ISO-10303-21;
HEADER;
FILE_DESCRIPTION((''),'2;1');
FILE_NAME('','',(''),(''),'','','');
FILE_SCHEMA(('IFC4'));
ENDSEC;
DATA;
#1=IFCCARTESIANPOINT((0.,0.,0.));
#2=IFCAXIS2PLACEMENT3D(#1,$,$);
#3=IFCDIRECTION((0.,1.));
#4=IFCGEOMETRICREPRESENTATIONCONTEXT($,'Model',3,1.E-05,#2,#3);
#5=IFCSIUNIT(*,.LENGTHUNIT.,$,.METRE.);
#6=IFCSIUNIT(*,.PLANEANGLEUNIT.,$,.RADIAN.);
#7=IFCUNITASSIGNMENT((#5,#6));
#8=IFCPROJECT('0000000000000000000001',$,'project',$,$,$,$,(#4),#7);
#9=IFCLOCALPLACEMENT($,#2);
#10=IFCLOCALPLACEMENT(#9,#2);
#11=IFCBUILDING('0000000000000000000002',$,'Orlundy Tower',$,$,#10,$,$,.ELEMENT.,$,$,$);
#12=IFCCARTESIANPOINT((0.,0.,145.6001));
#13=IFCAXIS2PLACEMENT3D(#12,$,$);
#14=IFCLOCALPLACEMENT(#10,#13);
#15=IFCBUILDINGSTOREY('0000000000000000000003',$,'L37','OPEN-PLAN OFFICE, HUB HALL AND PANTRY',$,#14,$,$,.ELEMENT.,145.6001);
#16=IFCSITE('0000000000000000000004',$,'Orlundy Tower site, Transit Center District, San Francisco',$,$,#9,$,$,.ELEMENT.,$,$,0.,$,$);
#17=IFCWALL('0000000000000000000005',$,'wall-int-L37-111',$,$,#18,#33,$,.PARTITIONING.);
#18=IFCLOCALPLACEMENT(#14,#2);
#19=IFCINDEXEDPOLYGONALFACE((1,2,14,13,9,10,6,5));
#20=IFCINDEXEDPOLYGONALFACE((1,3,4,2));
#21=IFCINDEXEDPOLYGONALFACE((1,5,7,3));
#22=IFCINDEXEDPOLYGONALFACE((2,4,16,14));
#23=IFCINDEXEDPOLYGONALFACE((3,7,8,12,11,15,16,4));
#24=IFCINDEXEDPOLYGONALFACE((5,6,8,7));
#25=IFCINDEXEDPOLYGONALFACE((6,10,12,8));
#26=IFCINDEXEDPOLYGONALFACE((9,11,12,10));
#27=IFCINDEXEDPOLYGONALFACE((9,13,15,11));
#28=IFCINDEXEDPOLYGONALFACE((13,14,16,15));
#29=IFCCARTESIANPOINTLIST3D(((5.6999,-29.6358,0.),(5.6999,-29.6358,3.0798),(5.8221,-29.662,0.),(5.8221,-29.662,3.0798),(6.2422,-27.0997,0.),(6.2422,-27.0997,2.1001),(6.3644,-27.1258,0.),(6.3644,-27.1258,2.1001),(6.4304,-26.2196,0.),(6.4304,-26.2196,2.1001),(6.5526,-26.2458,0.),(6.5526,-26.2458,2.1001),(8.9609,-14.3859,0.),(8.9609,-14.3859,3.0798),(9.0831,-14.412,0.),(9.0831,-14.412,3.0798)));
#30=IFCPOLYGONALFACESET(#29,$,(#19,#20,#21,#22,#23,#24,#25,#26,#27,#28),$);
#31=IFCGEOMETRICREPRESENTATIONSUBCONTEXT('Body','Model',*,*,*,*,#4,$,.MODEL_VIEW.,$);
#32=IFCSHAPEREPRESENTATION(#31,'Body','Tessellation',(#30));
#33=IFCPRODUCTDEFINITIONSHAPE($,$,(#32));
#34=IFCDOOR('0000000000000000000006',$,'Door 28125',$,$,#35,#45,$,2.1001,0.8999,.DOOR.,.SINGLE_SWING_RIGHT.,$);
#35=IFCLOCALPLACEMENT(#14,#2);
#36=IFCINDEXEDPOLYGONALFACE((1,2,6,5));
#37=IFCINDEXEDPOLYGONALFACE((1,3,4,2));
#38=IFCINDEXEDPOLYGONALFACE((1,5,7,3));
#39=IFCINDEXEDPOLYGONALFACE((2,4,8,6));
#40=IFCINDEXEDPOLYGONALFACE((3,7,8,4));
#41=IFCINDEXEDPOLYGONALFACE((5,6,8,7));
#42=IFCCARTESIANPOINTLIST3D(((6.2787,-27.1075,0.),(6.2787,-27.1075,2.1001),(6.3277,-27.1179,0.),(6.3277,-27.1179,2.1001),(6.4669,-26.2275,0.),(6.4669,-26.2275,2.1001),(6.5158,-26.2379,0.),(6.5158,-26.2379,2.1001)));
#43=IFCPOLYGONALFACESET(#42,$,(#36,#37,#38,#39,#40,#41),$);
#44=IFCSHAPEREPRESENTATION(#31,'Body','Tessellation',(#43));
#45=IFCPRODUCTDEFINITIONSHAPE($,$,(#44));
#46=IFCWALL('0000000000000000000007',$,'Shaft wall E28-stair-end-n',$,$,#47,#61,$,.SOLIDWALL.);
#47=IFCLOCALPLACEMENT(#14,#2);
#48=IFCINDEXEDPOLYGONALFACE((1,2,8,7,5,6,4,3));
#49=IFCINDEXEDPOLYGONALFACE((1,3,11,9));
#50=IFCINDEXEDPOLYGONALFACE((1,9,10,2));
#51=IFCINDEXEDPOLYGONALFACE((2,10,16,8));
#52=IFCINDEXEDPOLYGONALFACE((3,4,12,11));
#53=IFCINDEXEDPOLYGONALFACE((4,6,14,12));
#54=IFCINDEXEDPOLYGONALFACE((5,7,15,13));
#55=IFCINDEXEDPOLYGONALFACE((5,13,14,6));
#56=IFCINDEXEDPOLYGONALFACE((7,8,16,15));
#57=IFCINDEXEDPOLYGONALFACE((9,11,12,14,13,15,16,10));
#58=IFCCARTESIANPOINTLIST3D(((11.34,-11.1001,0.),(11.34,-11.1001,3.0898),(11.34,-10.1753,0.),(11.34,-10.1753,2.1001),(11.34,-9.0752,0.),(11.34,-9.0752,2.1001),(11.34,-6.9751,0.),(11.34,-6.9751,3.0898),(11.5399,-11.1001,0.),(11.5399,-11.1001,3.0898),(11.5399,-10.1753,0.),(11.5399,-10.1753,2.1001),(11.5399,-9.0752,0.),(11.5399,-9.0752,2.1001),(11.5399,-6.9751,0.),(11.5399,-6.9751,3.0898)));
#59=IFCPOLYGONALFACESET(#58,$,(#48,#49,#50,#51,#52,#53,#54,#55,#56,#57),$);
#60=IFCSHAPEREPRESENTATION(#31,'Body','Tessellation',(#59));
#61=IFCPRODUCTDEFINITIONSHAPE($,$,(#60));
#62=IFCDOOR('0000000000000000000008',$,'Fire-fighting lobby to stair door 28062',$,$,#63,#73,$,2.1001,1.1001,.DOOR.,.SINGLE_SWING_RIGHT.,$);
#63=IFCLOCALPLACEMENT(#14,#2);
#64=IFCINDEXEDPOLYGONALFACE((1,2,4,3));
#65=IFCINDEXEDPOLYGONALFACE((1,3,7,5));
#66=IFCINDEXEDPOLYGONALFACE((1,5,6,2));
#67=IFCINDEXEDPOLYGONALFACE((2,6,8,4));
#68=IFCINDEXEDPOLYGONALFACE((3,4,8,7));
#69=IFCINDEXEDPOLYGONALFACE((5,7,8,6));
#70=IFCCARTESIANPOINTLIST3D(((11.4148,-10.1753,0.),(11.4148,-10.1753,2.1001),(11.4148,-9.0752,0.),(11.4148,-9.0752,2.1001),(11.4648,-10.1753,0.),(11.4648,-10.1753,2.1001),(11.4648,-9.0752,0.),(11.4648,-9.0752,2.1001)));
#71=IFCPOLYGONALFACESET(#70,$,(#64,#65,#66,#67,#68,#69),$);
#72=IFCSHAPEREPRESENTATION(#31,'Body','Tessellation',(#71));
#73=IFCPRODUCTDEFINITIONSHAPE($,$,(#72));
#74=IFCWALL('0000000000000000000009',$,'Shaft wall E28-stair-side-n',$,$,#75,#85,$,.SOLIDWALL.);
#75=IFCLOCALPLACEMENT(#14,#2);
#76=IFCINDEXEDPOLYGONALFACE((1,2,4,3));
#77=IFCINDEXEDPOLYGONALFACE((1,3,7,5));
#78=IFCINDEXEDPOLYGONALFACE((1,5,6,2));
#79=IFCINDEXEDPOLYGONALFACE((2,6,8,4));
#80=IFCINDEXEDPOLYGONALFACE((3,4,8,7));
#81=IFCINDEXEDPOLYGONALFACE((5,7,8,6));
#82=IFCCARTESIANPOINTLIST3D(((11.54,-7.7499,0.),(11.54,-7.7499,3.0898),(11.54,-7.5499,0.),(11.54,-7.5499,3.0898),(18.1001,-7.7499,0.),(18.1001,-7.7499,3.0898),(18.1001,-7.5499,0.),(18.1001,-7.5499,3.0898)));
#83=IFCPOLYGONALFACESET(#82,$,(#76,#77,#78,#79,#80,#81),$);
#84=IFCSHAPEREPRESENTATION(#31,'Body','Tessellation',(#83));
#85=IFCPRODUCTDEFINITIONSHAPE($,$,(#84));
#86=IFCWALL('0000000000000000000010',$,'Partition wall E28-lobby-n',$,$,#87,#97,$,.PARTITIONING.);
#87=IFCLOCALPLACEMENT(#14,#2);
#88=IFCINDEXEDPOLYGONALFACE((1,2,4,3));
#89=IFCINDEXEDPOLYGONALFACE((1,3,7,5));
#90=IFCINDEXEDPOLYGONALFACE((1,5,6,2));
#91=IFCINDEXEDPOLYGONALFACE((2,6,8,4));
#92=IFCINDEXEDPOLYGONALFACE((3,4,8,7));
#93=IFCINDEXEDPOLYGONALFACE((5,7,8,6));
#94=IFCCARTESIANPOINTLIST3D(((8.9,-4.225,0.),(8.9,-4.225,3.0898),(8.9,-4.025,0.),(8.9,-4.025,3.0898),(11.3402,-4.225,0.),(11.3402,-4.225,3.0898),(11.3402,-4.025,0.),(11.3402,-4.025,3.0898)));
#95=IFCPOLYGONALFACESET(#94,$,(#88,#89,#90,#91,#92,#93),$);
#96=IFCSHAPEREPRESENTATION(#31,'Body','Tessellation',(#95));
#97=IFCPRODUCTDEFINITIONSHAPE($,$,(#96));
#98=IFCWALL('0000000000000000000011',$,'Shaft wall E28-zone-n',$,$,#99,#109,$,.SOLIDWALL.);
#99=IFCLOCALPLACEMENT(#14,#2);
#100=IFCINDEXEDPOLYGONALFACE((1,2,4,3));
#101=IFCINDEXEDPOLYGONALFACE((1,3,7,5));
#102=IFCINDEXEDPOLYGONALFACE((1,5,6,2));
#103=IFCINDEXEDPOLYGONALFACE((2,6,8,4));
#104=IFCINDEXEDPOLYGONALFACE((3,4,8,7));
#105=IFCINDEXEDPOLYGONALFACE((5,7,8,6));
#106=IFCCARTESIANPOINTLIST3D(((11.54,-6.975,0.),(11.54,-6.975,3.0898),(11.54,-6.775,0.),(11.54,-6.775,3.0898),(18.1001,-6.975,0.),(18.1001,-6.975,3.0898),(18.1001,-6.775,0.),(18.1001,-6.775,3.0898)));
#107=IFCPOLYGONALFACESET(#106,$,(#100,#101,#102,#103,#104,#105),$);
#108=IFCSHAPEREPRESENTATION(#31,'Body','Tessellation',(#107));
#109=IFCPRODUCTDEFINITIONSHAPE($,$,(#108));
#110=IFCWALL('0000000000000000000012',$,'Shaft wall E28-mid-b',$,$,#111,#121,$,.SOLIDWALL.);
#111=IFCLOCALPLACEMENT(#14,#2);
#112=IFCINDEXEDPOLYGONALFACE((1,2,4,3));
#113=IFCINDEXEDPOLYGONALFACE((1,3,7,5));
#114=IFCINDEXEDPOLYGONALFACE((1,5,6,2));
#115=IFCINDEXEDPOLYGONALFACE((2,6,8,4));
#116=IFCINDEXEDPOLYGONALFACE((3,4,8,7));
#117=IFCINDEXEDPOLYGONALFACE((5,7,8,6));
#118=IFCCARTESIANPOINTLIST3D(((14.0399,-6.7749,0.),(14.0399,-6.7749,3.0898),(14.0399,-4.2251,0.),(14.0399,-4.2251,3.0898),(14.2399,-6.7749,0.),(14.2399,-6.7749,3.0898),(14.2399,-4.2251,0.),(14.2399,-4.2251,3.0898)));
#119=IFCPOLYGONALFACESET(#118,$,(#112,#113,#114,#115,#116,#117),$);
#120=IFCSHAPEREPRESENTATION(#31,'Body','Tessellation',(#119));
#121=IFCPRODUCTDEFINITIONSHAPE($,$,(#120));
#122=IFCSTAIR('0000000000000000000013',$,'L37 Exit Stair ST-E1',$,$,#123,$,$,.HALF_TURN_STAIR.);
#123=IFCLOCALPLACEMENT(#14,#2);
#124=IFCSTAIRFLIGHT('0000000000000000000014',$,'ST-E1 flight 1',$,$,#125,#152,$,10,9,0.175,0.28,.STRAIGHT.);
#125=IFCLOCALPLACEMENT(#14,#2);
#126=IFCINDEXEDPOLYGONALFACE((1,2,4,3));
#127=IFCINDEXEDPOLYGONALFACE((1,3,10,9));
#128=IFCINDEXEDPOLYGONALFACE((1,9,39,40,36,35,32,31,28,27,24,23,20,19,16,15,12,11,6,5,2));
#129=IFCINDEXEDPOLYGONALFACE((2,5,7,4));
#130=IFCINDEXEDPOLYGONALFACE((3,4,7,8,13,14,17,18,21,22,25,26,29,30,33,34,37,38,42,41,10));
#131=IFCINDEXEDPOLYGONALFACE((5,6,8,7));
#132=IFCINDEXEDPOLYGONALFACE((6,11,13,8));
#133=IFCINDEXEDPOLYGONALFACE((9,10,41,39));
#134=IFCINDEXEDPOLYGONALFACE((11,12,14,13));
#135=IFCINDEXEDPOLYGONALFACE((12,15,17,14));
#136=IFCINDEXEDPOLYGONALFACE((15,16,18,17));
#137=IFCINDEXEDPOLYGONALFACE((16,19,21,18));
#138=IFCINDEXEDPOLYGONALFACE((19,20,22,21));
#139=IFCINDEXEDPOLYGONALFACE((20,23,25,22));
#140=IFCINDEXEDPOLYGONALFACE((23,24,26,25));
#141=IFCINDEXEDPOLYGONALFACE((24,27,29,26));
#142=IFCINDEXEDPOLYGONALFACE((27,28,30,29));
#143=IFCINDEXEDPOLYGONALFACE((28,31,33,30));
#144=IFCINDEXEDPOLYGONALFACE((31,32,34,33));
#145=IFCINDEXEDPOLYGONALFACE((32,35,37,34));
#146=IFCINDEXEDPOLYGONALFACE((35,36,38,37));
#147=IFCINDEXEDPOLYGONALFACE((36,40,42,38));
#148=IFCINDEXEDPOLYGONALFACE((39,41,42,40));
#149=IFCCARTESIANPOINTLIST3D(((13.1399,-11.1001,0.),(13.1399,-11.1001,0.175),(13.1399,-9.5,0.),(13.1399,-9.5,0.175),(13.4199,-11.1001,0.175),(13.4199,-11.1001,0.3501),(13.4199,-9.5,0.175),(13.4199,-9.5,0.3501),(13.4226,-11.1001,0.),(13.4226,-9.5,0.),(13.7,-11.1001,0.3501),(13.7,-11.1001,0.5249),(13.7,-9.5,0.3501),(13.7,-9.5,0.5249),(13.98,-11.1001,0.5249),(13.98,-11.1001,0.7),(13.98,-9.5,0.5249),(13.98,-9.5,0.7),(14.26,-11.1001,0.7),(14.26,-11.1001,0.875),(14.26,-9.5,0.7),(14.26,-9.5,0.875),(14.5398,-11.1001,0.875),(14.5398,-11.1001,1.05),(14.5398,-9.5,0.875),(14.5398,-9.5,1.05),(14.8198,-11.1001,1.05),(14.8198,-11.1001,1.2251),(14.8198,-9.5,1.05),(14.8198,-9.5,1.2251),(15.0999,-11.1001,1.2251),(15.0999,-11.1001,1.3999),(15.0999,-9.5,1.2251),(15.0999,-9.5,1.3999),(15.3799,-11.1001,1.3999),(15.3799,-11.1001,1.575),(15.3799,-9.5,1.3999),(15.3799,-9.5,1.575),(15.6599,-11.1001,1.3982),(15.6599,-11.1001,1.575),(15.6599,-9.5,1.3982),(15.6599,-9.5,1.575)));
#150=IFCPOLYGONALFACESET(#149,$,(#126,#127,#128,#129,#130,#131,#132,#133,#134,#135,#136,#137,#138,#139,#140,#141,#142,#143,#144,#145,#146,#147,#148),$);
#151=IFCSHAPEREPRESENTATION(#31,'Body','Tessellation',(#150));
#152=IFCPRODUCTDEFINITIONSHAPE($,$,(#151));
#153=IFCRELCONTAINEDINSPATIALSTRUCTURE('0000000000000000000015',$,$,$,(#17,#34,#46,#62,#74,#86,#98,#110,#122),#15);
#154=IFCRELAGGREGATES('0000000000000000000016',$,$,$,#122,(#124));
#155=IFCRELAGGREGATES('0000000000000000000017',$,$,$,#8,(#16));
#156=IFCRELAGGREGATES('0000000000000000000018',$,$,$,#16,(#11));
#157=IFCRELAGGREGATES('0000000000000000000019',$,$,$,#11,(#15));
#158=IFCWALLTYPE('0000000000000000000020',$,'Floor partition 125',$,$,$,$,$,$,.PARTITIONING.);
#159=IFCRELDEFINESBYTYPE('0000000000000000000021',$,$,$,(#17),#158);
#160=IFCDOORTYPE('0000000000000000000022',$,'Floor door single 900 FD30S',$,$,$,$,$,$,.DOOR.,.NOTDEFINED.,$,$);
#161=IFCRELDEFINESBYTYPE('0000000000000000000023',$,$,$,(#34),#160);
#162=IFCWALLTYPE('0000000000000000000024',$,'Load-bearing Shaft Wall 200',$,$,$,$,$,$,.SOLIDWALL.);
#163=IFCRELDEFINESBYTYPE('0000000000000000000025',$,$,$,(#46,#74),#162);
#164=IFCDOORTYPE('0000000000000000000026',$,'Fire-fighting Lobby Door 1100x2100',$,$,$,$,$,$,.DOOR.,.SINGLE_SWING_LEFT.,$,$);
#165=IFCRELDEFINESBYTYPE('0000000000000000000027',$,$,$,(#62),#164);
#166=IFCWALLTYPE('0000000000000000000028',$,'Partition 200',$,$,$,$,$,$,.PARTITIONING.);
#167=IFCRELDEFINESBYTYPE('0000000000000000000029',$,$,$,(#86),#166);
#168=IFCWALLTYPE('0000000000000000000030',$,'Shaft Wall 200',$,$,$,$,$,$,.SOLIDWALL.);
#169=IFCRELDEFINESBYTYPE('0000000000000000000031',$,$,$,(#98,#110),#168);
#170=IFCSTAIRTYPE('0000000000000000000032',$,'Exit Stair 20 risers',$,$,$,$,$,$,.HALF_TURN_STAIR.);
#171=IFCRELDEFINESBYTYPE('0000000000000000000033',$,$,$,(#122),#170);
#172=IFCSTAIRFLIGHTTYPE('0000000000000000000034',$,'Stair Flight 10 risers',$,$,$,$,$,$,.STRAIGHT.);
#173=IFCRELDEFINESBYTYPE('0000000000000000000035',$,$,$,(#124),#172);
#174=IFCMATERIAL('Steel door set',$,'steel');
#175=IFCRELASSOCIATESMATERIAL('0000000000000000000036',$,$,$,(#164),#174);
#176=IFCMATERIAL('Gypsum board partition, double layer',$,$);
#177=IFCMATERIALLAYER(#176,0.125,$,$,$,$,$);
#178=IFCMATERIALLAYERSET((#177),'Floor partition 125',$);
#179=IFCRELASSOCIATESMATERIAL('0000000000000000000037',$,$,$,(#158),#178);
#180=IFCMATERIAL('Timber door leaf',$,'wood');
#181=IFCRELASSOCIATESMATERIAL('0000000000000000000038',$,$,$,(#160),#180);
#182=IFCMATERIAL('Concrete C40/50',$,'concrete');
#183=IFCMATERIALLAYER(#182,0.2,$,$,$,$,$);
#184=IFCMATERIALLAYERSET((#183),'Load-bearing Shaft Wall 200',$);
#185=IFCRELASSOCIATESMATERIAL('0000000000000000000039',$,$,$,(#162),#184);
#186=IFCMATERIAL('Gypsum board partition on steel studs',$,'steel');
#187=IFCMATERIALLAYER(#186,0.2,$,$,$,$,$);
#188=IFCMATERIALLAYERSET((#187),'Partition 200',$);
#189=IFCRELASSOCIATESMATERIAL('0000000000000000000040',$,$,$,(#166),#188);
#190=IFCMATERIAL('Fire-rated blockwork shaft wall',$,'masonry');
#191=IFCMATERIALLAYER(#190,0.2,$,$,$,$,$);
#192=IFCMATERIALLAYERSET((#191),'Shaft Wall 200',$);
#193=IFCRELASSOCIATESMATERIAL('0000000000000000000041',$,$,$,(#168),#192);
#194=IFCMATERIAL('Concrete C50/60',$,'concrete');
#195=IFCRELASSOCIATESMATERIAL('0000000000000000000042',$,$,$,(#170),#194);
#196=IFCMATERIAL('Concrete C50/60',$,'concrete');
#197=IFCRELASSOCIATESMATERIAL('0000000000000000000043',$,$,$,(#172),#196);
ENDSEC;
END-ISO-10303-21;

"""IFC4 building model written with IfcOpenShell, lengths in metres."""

from ifc_helpers import new_model, si_unit, direction, frame, frame_2d, origin, place, context, subcontext, project, spatial, polyline, rectangle, outline, extrude, material, layer, layer_set, type_object, element, fill, aggregate, save


model = new_model("IFC4")

# Units and contexts
model_context = context("Model", 3, precision=1e-05, world=origin(), true_north=direction((0.0, 1.0)))
body_context = subcontext(model_context, "Body", "Model", "MODEL_VIEW")
ifc_project = project(units=[si_unit("LENGTHUNIT", "METRE"), si_unit("PLANEANGLEUNIT", "RADIAN")], contexts=[model_context])

# Site, building, storey
site_placement = place(None, origin())
site = spatial("IfcSite", under=ifc_project, at=site_placement, Name="Orlundy Tower site, Transit Center District, San Francisco", CompositionType="ELEMENT", RefElevation=0.0)
building_placement = place(site_placement, origin())
building = spatial("IfcBuilding", under=site, at=building_placement, Name="Orlundy Tower", CompositionType="ELEMENT")
storey_placement = place(building_placement, frame((0.0, 0.0, 145.6001)))
storey = spatial("IfcBuildingStorey", under=building, at=storey_placement, Name="L37", Description="OPEN-PLAN OFFICE, HUB HALL AND PANTRY", CompositionType="ELEMENT", Elevation=145.6001)

# Shared definitions
ifc_material_1 = material(Name="Steel door set", Category="steel")
door_type_1 = type_object("IfcDoorType", Name="Fire-fighting Lobby Door 1100x2100", OperationType="SINGLE_SWING_LEFT", PredefinedType="DOOR", material=ifc_material_1)

# Shared definitions
ifc_material_2 = material(Name="Gypsum board partition, double layer")
ifc_layer_1 = layer(ifc_material_2, 0.125)
ifc_layer_set_1 = layer_set([ifc_layer_1], Name="Floor partition 125")
wall_type_1 = type_object("IfcWallType", Name="Floor partition 125", PredefinedType="PARTITIONING", material=ifc_layer_set_1)

# Walls, openings, doors
wall_1_placement = place(storey_placement, frame((9.022, -14.3989, 0.0), z_axis=(0.0, 0.0, 1.0), x_axis=(-0.209108, -0.977893, 0.0)))
wall_1 = element("IfcWall", 1, at=wall_1_placement, inside=storey, type_object=wall_type_1, Name="wall-int-L37-111", PredefinedType="PARTITIONING", context=body_context, shape_type="SweptSolid", body=[
    extrude(rectangle(XDim=15.5947, YDim=0.125, at=frame_2d((7.7974, 0.0))), origin(), (0.0, 0.0, 1.0), 3.0798),
])
opening_1_placement = place(wall_1_placement, frame((12.1013, 0.0, 0.0)))
opening_1 = element("IfcOpeningElement", 2, at=opening_1_placement, cuts=wall_1, PredefinedType="OPENING", context=body_context, shape_type="SweptSolid", body=[
    extrude(rectangle(XDim=0.8999, YDim=2.1001, at=frame_2d((0.45, 1.05))), frame((0.0, 0.0725, 0.0), z_axis=(0.0, -1.0, 0.0), x_axis=(1.0, 0.0, 0.0)), (0.0, 0.0, 1.0), 0.145),
])
ifc_material_3 = material(Name="Timber door leaf", Category="wood")
door_type_2 = type_object("IfcDoorType", Name="Floor door single 900 FD30S", OperationType="NOTDEFINED", PredefinedType="DOOR", material=ifc_material_3)
door_1_placement = place(opening_1_placement, origin())
door_1 = element("IfcDoor", 3, at=door_1_placement, inside=storey, type_object=door_type_2, Name="Door 28125", OperationType="SINGLE_SWING_RIGHT", OverallHeight=2.1001, OverallWidth=0.8999, PredefinedType="DOOR", context=body_context, shape_type="SweptSolid", body=[
    extrude(rectangle(XDim=0.8999, YDim=2.1001, at=frame_2d((0.45, 1.05))), frame((0.0, 0.0249, 0.0), z_axis=(0.0, -1.0, 0.0), x_axis=(1.0, 0.0, 0.0)), (0.0, 0.0, 1.0), 0.05),
])
fill(opening_1, door_1)
ifc_material_4 = material(Name="Concrete C40/50", Category="concrete")
ifc_layer_2 = layer(ifc_material_4, 0.2)
ifc_layer_set_2 = layer_set([ifc_layer_2], Name="Load-bearing Shaft Wall 200")
wall_type_2 = type_object("IfcWallType", Name="Load-bearing Shaft Wall 200", PredefinedType="SOLIDWALL", material=ifc_layer_set_2)
wall_2_placement = place(storey_placement, frame((11.4399, -6.9751, 0.0), z_axis=(0.0, 0.0, 1.0), x_axis=(0.0, -1.0, 0.0)))
wall_2 = element("IfcWall", 4, at=wall_2_placement, inside=storey, type_object=wall_type_2, Name="Shaft wall E28-stair-end-n", PredefinedType="SOLIDWALL", context=body_context, shape_type="SweptSolid", body=[
    extrude(rectangle(XDim=4.125, YDim=0.2, at=frame_2d((2.0625, 0.0))), origin(), (0.0, 0.0, 1.0), 3.0898),
])
opening_2_placement = place(wall_2_placement, frame((2.1001, 0.0, 0.0)))
opening_2 = element("IfcOpeningElement", 5, at=opening_2_placement, cuts=wall_2, PredefinedType="OPENING", context=body_context, shape_type="SweptSolid", body=[
    extrude(rectangle(XDim=1.1001, YDim=2.1001, at=frame_2d((0.55, 1.05))), frame((0.0, 0.1101, 0.0), z_axis=(0.0, -1.0, 0.0), x_axis=(1.0, 0.0, 0.0)), (0.0, 0.0, 1.0), 0.2202),
])
door_2_placement = place(opening_2_placement, origin())
door_2 = element("IfcDoor", 6, at=door_2_placement, inside=storey, type_object=door_type_1, Name="Fire-fighting lobby to stair door 28062", OperationType="SINGLE_SWING_RIGHT", OverallHeight=2.1001, OverallWidth=1.1001, PredefinedType="DOOR", context=body_context, shape_type="SweptSolid", body=[
    extrude(rectangle(XDim=1.1001, YDim=2.1001, at=frame_2d((0.55, 1.05))), frame((0.0, 0.0249, 0.0), z_axis=(0.0, -1.0, 0.0), x_axis=(1.0, 0.0, 0.0)), (0.0, 0.0, 1.0), 0.05),
])
fill(opening_2, door_2)

# Walls
wall_3_placement = place(storey_placement, frame((11.54, -7.6499, 0.0), z_axis=(0.0, 0.0, 1.0), x_axis=(1.0, 0.0, 0.0)))
element("IfcWall", 7, at=wall_3_placement, inside=storey, type_object=wall_type_2, Name="Shaft wall E28-stair-side-n", PredefinedType="SOLIDWALL", context=body_context, shape_type="SweptSolid", body=[
    extrude(rectangle(XDim=6.5601, YDim=0.2, at=frame_2d((3.28, 0.0))), origin(), (0.0, 0.0, 1.0), 3.0898),
])
ifc_material_5 = material(Name="Gypsum board partition on steel studs", Category="steel")
ifc_layer_3 = layer(ifc_material_5, 0.2)
ifc_layer_set_3 = layer_set([ifc_layer_3], Name="Partition 200")
wall_type_3 = type_object("IfcWallType", Name="Partition 200", PredefinedType="PARTITIONING", material=ifc_layer_set_3)
wall_4_placement = place(storey_placement, frame((8.8999, -4.125, 0.0), z_axis=(0.0, 0.0, 1.0), x_axis=(1.0, 0.0, 0.0)))
element("IfcWall", 8, at=wall_4_placement, inside=storey, type_object=wall_type_3, Name="Partition wall E28-lobby-n", PredefinedType="PARTITIONING", context=body_context, shape_type="SweptSolid", body=[
    extrude(rectangle(XDim=2.4402, YDim=0.2, at=frame_2d((1.2202, 0.0))), origin(), (0.0, 0.0, 1.0), 3.0898),
])
ifc_material_6 = material(Name="Fire-rated blockwork shaft wall", Category="masonry")
ifc_layer_4 = layer(ifc_material_6, 0.2)
ifc_layer_set_4 = layer_set([ifc_layer_4], Name="Shaft Wall 200")
wall_type_4 = type_object("IfcWallType", Name="Shaft Wall 200", PredefinedType="SOLIDWALL", material=ifc_layer_set_4)
wall_5_placement = place(storey_placement, frame((11.54, -6.875, 0.0), z_axis=(0.0, 0.0, 1.0), x_axis=(1.0, 0.0, 0.0)))
element("IfcWall", 9, at=wall_5_placement, inside=storey, type_object=wall_type_4, Name="Shaft wall E28-zone-n", PredefinedType="SOLIDWALL", context=body_context, shape_type="SweptSolid", body=[
    extrude(rectangle(XDim=6.5601, YDim=0.2, at=frame_2d((3.28, 0.0))), origin(), (0.0, 0.0, 1.0), 3.0898),
])
wall_6_placement = place(storey_placement, frame((14.1399, -4.2251, 0.0), z_axis=(0.0, 0.0, 1.0), x_axis=(0.0, -1.0, 0.0)))
element("IfcWall", 10, at=wall_6_placement, inside=storey, type_object=wall_type_4, Name="Shaft wall E28-mid-b", PredefinedType="SOLIDWALL", context=body_context, shape_type="SweptSolid", body=[
    extrude(rectangle(XDim=2.5498, YDim=0.2, at=frame_2d((1.2749, 0.0))), origin(), (0.0, 0.0, 1.0), 3.0898),
])

# Stair, stair flight
ifc_material_7 = material(Name="Concrete C50/60", Category="concrete")
stair_type = type_object("IfcStairType", Name="Exit Stair 20 risers", PredefinedType="HALF_TURN_STAIR", material=ifc_material_7)
stair_placement = place(storey_placement, origin())
stair = element("IfcStair", 11, at=stair_placement, inside=storey, type_object=stair_type, Name="L37 Exit Stair ST-E1", PredefinedType="HALF_TURN_STAIR")
ifc_material_8 = material(Name="Concrete C50/60", Category="concrete")
stair_flight_type = type_object("IfcStairFlightType", Name="Stair Flight 10 risers", PredefinedType="STRAIGHT", material=ifc_material_8)
stair_flight_1_placement = place(storey_placement, frame((13.1399, -10.3, 0.0), z_axis=(0.0, 0.0, 1.0), x_axis=(1.0, 0.0, 0.0)))
stair_flight_1 = element("IfcStairFlight", 12, at=stair_flight_1_placement, type_object=stair_flight_type, Name="ST-E1 flight 1", NumberOfRisers=10, NumberOfTreads=9, PredefinedType="STRAIGHT", RiserHeight=0.175, TreadLength=0.28, context=body_context, shape_type="SweptSolid", body=[
    extrude(outline(polyline([(0.0, 0.0), (0.0, 0.175), (0.28, 0.175), (0.28, 0.3501), (0.5601, 0.3501), (0.5601, 0.5249), (0.8401, 0.5249), (0.8401, 0.7), (1.1201, 0.7), (1.1201, 0.875), (1.3999, 0.875), (1.3999, 1.05), (1.6799, 1.05), (1.6799, 1.2251), (1.96, 1.2251), (1.96, 1.3999), (2.24, 1.3999), (2.24, 1.575), (2.52, 1.575), (2.52, 1.75), (2.52, 1.3982), (0.2827, 0.0), (0.0, 0.0)])), frame((0.0, 0.8, 0.0), z_axis=(0.0, -1.0, 0.0), x_axis=(1.0, 0.0, 0.0)), (0.0, 0.0, 1.0), 1.6001),
])
aggregate(stair, [stair_flight_1])

save(model, "model.ifc")
